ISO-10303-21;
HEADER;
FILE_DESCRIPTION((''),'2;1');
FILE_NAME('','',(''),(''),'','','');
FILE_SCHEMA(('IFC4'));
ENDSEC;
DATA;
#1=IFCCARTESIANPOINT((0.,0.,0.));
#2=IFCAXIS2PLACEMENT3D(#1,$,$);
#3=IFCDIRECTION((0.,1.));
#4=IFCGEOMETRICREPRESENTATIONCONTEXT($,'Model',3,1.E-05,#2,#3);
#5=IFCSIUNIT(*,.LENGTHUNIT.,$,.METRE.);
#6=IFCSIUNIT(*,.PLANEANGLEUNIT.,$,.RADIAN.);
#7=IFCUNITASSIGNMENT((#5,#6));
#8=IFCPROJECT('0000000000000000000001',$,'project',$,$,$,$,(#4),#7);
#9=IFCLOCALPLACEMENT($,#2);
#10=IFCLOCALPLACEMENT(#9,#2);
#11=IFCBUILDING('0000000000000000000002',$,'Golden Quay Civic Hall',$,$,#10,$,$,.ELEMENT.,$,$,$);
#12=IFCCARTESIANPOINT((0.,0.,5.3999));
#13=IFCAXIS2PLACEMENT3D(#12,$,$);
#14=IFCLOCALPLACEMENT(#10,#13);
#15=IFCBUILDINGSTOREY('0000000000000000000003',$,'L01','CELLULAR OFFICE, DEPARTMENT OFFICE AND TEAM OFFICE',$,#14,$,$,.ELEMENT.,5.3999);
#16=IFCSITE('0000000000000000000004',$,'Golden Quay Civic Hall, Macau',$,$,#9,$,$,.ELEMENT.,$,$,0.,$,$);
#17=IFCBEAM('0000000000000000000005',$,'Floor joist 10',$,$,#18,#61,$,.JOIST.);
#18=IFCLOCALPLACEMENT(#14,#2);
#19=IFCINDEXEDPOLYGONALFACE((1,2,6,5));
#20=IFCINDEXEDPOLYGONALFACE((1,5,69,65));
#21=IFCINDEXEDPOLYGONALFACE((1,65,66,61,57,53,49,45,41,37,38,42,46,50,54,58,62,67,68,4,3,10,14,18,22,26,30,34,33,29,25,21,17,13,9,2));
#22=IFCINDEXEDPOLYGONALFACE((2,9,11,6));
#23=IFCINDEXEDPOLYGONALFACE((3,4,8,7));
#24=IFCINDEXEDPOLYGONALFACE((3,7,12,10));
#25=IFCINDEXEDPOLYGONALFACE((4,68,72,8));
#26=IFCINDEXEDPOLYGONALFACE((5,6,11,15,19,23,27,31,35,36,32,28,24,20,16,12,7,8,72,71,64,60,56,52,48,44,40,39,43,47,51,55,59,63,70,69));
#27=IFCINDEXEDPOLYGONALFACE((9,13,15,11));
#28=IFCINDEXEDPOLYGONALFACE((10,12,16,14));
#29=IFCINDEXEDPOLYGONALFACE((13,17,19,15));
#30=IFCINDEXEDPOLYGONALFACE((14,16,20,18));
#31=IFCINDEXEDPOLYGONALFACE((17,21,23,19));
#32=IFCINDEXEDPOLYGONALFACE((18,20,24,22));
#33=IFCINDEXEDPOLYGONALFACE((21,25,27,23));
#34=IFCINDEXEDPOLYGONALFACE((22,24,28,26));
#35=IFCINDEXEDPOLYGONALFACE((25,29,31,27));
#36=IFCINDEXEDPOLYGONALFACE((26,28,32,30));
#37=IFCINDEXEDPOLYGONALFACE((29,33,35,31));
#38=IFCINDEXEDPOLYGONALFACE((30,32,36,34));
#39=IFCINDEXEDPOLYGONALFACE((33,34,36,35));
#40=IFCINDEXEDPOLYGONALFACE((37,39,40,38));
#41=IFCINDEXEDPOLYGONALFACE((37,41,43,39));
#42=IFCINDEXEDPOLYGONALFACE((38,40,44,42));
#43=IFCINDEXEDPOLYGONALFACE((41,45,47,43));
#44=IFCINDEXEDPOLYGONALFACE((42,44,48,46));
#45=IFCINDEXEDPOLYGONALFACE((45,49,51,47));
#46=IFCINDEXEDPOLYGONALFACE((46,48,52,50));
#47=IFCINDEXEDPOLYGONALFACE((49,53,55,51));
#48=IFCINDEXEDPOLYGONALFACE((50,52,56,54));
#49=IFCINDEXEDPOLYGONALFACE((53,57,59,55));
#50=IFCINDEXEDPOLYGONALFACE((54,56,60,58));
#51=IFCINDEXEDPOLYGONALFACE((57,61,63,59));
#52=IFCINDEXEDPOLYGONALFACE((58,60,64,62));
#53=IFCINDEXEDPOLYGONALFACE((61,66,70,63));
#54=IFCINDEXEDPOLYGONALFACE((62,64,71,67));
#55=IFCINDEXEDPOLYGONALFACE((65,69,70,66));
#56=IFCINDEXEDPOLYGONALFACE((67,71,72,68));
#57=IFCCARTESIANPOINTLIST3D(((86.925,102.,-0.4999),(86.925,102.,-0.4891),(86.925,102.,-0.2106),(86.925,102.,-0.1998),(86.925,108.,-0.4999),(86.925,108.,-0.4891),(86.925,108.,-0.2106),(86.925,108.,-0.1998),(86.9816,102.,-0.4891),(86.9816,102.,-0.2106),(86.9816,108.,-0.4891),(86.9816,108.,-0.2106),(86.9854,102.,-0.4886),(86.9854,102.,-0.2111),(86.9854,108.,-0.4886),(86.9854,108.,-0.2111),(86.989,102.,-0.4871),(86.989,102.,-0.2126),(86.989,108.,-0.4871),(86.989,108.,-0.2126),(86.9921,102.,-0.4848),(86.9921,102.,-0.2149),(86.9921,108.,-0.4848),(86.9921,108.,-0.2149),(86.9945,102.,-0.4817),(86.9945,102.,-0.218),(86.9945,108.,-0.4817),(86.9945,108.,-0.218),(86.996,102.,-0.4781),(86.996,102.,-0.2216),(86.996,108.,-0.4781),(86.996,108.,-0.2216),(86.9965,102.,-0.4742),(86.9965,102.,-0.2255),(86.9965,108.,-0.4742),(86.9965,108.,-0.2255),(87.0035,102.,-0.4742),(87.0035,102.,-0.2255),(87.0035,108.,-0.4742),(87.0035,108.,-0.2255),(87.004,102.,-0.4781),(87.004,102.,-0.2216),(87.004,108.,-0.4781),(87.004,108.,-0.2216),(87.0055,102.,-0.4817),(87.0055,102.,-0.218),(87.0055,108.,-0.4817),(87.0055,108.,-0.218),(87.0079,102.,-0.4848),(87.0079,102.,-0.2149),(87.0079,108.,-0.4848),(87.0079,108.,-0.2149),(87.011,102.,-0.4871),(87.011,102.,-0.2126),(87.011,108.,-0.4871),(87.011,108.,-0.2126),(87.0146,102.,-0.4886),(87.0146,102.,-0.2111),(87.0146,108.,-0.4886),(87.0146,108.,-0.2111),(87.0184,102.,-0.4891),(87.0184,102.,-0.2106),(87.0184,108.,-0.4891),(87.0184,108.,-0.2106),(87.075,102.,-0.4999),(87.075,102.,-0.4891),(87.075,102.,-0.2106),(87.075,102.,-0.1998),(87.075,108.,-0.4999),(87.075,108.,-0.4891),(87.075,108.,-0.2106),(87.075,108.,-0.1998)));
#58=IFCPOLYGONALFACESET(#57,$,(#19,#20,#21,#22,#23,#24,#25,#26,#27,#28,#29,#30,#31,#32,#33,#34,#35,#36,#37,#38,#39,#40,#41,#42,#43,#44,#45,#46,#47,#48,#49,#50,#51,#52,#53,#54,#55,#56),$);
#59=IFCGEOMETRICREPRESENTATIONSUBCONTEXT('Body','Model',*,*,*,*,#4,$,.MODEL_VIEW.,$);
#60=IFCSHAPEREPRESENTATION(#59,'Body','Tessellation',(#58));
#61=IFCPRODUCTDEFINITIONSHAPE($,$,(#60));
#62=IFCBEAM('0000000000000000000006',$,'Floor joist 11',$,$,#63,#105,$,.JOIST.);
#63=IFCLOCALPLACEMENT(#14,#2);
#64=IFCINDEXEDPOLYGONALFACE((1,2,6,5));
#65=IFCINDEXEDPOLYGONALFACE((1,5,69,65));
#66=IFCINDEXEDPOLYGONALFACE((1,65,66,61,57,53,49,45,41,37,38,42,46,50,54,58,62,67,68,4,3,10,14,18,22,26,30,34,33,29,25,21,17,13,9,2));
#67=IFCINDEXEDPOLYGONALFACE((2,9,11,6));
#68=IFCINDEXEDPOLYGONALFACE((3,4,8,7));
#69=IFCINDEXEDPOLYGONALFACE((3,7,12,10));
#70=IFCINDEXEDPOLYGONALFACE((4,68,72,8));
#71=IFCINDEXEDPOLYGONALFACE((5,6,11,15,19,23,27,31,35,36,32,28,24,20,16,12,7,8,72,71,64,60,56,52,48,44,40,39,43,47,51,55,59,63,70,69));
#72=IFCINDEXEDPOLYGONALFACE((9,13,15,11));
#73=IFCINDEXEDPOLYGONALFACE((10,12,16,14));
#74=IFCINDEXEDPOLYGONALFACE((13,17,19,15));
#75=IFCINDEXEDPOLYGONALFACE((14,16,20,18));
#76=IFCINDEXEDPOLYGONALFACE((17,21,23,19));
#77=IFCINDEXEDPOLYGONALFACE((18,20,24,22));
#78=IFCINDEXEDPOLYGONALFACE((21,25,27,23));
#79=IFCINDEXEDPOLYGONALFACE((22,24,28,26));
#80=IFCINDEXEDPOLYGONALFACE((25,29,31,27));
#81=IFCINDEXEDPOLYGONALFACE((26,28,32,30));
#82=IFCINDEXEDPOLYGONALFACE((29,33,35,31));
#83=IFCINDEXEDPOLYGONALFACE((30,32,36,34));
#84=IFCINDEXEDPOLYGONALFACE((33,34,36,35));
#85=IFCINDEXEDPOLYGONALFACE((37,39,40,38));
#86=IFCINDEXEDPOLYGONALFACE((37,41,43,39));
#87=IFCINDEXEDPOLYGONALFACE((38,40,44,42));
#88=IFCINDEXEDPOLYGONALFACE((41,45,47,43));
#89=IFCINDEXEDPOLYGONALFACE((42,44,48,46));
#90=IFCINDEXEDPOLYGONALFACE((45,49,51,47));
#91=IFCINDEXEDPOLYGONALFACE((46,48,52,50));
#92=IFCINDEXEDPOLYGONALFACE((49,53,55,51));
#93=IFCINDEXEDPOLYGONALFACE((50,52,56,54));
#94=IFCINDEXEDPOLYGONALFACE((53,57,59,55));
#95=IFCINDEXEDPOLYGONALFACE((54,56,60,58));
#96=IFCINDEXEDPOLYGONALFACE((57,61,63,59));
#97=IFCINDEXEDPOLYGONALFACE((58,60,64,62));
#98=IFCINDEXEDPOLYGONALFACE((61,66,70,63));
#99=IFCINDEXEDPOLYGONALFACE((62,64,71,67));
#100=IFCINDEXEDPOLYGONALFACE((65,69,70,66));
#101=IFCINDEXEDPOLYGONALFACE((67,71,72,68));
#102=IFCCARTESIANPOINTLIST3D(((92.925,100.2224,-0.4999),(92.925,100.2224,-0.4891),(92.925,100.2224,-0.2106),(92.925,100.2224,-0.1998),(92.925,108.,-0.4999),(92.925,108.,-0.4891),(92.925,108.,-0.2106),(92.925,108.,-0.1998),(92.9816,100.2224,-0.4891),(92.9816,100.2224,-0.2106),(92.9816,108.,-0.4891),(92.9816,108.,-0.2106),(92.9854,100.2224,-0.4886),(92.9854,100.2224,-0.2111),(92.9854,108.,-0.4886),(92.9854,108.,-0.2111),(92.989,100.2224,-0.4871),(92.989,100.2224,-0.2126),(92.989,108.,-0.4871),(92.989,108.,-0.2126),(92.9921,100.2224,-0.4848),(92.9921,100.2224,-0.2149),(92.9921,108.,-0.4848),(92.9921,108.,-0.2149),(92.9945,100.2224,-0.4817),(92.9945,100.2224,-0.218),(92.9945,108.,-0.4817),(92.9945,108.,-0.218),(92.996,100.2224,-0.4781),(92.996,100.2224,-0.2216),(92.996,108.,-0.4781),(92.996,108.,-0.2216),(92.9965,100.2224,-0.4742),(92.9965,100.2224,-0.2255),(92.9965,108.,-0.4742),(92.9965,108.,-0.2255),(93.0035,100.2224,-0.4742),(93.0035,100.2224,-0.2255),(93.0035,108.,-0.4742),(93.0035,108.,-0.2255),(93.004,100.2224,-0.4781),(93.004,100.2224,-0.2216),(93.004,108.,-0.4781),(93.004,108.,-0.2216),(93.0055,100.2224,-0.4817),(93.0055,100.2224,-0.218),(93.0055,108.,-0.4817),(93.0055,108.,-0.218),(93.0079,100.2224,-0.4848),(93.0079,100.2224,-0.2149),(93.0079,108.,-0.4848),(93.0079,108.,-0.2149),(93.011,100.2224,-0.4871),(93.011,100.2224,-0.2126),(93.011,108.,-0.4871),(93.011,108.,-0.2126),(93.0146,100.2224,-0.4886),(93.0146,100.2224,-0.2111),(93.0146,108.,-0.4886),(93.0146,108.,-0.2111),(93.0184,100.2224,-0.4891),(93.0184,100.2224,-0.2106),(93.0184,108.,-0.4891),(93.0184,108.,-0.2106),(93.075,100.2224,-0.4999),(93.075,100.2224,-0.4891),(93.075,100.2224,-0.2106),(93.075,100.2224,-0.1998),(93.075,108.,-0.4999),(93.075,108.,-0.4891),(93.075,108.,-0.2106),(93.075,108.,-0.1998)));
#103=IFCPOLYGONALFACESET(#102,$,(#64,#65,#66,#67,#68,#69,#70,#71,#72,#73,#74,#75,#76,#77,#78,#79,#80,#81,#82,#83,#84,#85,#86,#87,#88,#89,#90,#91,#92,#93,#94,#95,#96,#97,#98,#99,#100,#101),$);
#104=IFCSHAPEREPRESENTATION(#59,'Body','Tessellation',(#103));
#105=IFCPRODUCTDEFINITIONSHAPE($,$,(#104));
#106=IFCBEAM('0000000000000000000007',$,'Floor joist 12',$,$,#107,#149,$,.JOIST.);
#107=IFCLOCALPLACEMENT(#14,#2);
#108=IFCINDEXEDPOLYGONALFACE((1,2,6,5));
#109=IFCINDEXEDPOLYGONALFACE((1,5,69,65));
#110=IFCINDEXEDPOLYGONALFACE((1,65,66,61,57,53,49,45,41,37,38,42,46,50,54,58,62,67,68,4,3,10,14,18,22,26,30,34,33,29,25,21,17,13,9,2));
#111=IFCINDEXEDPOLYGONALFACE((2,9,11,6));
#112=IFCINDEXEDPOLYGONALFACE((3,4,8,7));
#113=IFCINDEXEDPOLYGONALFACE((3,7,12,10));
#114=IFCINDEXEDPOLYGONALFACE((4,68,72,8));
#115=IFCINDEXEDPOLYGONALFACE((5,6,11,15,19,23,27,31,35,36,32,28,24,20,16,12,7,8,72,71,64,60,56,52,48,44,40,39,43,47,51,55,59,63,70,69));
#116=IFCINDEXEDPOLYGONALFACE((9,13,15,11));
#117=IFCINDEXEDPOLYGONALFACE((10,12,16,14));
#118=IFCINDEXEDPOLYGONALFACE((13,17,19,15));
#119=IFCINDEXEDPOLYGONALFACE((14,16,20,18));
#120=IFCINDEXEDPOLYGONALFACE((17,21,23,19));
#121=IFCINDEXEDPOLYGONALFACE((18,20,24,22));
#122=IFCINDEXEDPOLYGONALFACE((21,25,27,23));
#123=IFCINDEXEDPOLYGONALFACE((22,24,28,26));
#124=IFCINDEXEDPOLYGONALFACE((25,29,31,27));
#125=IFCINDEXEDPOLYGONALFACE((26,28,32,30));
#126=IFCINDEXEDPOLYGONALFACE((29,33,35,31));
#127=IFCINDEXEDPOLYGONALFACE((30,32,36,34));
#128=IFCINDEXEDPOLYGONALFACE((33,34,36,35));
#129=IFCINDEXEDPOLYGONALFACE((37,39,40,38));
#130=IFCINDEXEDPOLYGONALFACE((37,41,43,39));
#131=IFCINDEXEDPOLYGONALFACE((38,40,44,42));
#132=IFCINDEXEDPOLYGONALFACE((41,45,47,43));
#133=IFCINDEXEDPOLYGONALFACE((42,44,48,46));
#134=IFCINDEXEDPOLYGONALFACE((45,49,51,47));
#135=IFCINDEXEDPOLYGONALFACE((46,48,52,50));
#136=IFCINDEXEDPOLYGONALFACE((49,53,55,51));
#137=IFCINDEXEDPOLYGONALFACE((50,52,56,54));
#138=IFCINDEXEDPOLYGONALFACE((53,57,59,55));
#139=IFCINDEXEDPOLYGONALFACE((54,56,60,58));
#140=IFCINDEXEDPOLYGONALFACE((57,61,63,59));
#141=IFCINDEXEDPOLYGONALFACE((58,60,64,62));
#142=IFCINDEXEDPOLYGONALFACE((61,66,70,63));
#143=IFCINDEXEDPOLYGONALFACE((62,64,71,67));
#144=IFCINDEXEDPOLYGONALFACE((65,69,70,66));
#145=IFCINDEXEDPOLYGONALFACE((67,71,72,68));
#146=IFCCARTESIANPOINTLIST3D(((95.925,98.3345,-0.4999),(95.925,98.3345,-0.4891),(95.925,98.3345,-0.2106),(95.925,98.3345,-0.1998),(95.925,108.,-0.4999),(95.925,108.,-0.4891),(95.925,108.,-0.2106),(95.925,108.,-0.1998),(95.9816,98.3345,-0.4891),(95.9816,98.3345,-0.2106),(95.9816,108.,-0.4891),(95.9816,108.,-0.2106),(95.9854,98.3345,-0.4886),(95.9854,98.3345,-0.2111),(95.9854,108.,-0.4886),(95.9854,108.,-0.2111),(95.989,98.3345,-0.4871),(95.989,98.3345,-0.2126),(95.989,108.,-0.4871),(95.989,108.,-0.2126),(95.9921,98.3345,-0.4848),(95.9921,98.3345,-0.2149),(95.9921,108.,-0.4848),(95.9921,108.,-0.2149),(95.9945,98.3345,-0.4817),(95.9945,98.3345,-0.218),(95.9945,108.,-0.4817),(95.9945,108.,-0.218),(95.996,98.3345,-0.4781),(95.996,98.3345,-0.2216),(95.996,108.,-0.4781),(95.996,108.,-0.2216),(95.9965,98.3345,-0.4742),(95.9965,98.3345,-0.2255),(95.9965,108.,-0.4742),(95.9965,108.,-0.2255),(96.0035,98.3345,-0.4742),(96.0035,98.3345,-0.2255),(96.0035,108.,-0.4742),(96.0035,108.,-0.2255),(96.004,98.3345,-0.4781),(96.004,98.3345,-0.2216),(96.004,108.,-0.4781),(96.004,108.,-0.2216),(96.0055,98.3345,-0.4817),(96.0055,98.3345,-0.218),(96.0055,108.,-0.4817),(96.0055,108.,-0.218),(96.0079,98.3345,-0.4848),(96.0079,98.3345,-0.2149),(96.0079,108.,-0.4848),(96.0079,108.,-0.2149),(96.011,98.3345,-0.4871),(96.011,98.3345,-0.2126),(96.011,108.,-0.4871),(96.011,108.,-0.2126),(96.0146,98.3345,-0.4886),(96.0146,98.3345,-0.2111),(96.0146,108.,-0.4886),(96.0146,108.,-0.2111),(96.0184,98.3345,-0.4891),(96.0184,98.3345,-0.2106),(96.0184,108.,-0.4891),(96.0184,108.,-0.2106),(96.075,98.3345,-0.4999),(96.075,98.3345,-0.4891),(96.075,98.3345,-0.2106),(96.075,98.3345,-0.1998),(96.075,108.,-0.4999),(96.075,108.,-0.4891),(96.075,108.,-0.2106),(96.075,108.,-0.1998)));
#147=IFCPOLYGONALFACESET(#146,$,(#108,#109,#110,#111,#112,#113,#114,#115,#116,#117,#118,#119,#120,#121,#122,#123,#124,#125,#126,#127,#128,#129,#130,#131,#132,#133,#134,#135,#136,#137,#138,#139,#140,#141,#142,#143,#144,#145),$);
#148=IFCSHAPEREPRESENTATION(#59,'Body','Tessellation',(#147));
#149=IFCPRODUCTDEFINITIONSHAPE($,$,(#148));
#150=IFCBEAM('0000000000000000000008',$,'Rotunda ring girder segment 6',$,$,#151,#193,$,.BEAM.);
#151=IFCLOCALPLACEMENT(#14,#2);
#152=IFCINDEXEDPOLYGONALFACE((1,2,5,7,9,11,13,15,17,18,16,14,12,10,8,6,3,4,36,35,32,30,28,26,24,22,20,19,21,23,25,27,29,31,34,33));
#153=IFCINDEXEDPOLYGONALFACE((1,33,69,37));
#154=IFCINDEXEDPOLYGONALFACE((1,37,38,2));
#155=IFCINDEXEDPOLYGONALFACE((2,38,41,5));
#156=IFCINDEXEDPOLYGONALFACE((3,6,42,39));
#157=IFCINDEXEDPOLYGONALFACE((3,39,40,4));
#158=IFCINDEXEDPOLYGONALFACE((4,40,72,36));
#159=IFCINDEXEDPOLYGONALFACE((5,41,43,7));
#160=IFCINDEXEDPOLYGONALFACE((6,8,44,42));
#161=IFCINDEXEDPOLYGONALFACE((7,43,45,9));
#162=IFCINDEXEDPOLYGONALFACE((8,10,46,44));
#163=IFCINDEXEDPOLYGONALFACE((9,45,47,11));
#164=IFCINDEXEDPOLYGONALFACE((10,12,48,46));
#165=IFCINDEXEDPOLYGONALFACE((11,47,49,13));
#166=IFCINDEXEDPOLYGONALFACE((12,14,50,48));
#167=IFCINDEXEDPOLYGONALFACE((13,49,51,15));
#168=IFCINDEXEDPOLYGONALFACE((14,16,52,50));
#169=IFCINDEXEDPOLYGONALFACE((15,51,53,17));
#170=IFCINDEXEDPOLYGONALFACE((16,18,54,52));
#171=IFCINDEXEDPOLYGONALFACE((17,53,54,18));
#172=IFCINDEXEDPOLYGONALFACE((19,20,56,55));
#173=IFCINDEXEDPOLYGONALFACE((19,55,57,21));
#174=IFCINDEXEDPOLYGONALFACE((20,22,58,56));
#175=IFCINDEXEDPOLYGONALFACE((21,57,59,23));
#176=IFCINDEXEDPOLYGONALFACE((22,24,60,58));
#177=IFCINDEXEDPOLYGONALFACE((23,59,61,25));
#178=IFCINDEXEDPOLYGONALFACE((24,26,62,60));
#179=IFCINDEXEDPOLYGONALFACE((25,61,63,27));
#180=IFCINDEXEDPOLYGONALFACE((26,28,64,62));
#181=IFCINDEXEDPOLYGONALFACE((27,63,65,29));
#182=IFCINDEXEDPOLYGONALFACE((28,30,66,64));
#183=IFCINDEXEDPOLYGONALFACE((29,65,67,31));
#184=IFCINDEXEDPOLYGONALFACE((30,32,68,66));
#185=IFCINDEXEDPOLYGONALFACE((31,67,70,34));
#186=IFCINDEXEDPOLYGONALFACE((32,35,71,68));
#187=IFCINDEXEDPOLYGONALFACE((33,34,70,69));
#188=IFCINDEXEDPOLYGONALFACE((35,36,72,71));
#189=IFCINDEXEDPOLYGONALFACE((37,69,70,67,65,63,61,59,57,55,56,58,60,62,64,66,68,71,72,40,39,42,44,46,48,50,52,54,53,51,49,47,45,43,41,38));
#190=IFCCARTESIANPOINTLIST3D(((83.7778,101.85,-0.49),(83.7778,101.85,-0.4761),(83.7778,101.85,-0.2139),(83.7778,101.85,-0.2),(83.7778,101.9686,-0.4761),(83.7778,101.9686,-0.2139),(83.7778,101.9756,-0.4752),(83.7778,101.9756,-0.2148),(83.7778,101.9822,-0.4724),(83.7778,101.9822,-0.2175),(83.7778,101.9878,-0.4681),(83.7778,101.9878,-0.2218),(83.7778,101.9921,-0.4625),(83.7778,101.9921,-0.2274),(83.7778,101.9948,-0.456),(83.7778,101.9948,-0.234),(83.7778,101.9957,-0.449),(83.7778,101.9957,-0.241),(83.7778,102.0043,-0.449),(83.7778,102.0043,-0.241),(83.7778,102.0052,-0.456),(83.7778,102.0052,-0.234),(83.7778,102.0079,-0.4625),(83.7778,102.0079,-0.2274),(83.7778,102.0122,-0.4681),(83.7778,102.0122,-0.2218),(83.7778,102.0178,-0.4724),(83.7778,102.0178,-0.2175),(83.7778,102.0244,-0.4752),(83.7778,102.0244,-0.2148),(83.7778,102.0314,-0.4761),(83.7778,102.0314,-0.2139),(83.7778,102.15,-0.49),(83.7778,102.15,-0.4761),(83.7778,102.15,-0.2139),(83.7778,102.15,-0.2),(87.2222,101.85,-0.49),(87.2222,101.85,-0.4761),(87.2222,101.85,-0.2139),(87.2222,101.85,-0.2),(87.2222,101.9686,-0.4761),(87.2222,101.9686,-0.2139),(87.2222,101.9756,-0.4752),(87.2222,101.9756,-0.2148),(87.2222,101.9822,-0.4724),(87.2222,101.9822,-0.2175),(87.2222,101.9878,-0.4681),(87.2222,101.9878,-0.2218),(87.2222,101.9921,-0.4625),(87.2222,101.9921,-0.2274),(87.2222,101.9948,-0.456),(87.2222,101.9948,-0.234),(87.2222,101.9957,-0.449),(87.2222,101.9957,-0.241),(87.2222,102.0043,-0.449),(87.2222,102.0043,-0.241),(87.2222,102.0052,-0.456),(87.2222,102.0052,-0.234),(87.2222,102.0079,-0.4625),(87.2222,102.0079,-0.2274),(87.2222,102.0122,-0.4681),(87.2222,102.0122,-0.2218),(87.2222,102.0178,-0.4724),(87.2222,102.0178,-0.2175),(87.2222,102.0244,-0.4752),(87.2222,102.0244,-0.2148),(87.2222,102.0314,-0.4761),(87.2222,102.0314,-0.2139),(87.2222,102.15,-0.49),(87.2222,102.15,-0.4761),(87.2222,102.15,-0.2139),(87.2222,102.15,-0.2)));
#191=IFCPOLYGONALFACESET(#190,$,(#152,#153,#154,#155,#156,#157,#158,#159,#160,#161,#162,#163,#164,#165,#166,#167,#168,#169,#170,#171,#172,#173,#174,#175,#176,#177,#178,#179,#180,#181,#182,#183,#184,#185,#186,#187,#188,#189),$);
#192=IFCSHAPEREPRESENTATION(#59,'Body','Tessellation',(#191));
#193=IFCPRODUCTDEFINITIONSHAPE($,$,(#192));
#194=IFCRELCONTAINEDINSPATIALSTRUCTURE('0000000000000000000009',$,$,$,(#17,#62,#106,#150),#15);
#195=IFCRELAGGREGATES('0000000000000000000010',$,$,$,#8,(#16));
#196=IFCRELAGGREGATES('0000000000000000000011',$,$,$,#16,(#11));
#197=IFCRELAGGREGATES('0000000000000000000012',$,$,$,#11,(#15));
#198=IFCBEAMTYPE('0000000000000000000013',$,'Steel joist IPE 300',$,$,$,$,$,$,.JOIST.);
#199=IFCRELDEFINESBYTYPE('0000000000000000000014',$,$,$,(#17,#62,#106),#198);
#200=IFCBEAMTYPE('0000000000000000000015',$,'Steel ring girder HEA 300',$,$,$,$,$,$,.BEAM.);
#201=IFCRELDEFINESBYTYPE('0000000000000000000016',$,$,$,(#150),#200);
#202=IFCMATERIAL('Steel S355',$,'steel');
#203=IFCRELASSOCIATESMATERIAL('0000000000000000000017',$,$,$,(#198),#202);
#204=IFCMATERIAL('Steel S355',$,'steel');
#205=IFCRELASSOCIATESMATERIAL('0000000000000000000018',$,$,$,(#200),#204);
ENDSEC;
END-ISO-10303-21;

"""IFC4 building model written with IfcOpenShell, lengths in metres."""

from ifc_helpers import new_model, si_unit, direction, frame, origin, origin_2d, place, context, subcontext, project, spatial, i_section, extrude, material, material_profile, profile_set, type_object, element, save


model = new_model("IFC4")

# Units and contexts
model_context = context("Model", 3, precision=1e-05, world=origin(), true_north=direction((0.0, 1.0)))
body_context = subcontext(model_context, "Body", "Model", "MODEL_VIEW")
ifc_project = project(units=[si_unit("LENGTHUNIT", "METRE"), si_unit("PLANEANGLEUNIT", "RADIAN")], contexts=[model_context])

# Site, building, storey
site_placement = place(None, origin())
site = spatial("IfcSite", under=ifc_project, at=site_placement, Name="Golden Quay Civic Hall, Macau", CompositionType="ELEMENT", RefElevation=0.0)
building_placement = place(site_placement, origin())
building = spatial("IfcBuilding", under=site, at=building_placement, Name="Golden Quay Civic Hall", CompositionType="ELEMENT")
storey_placement = place(building_placement, frame((0.0, 0.0, 5.3999)))
storey = spatial("IfcBuildingStorey", under=building, at=storey_placement, Name="L01", Description="CELLULAR OFFICE, DEPARTMENT OFFICE AND TEAM OFFICE", CompositionType="ELEMENT", Elevation=5.3999)

# Beams
ifc_material_1 = material(Name="Steel S355", Category="steel")
ifc_material_profile_1 = material_profile(ifc_material_1, i_section(OverallWidth=0.1499, OverallDepth=0.3, WebThickness=0.0071, FlangeThickness=0.0107, FilletRadius=0.0149, at=origin_2d()), Name="IPE 300")
ifc_profile_set_1 = profile_set([ifc_material_profile_1], Name="Steel S355")
beam_type_1 = type_object("IfcBeamType", Name="Steel joist IPE 300", PredefinedType="JOIST", material=ifc_profile_set_1)
beam_1_placement = place(storey_placement, frame((87.0, 108.0, -0.3499), z_axis=(0.0, -1.0, 0.0), x_axis=(1.0, 0.0, 0.0)))
element("IfcBeam", 1, at=beam_1_placement, inside=storey, type_object=beam_type_1, Name="Floor joist 10", PredefinedType="JOIST", context=body_context, shape_type="SweptSolid", body=[
    extrude(i_section(OverallWidth=0.1499, OverallDepth=0.3, WebThickness=0.0071, FlangeThickness=0.0107, FilletRadius=0.0149, at=origin_2d()), origin(), (0.0, 0.0, 1.0), 6.0),
])
beam_2_placement = place(storey_placement, frame((93.0, 108.0, -0.3499), z_axis=(0.0, -1.0, 0.0), x_axis=(1.0, 0.0, 0.0)))
element("IfcBeam", 2, at=beam_2_placement, inside=storey, type_object=beam_type_1, Name="Floor joist 11", PredefinedType="JOIST", context=body_context, shape_type="SweptSolid", body=[
    extrude(i_section(OverallWidth=0.1499, OverallDepth=0.3, WebThickness=0.0071, FlangeThickness=0.0107, FilletRadius=0.0149, at=origin_2d()), origin(), (0.0, 0.0, 1.0), 7.7776),
])
beam_3_placement = place(storey_placement, frame((96.0, 108.0, -0.3499), z_axis=(0.0, -1.0, 0.0), x_axis=(1.0, 0.0, 0.0)))
element("IfcBeam", 3, at=beam_3_placement, inside=storey, type_object=beam_type_1, Name="Floor joist 12", PredefinedType="JOIST", context=body_context, shape_type="SweptSolid", body=[
    extrude(i_section(OverallWidth=0.1499, OverallDepth=0.3, WebThickness=0.0071, FlangeThickness=0.0107, FilletRadius=0.0149, at=origin_2d()), origin(), (0.0, 0.0, 1.0), 9.6655),
])
ifc_material_2 = material(Name="Steel S355", Category="steel")
ifc_material_profile_2 = material_profile(ifc_material_2, i_section(OverallWidth=0.3, OverallDepth=0.29, WebThickness=0.0085, FlangeThickness=0.0139, FilletRadius=0.0271, at=origin_2d()), Name="HEA 300")
ifc_profile_set_2 = profile_set([ifc_material_profile_2], Name="Steel S355")
beam_type_2 = type_object("IfcBeamType", Name="Steel ring girder HEA 300", PredefinedType="BEAM", material=ifc_profile_set_2)
beam_4_placement = place(storey_placement, frame((87.2222, 102.0, -0.345), z_axis=(-1.0, 0.0, 0.0), x_axis=(0.0, -1.0, 0.0)))
element("IfcBeam", 4, at=beam_4_placement, inside=storey, type_object=beam_type_2, Name="Rotunda ring girder segment 6", PredefinedType="BEAM", context=body_context, shape_type="SweptSolid", body=[
    extrude(i_section(OverallWidth=0.3, OverallDepth=0.29, WebThickness=0.0085, FlangeThickness=0.0139, FilletRadius=0.0271, at=origin_2d()), origin(), (0.0, 0.0, 1.0), 3.4443),
])

save(model, "model.ifc")
